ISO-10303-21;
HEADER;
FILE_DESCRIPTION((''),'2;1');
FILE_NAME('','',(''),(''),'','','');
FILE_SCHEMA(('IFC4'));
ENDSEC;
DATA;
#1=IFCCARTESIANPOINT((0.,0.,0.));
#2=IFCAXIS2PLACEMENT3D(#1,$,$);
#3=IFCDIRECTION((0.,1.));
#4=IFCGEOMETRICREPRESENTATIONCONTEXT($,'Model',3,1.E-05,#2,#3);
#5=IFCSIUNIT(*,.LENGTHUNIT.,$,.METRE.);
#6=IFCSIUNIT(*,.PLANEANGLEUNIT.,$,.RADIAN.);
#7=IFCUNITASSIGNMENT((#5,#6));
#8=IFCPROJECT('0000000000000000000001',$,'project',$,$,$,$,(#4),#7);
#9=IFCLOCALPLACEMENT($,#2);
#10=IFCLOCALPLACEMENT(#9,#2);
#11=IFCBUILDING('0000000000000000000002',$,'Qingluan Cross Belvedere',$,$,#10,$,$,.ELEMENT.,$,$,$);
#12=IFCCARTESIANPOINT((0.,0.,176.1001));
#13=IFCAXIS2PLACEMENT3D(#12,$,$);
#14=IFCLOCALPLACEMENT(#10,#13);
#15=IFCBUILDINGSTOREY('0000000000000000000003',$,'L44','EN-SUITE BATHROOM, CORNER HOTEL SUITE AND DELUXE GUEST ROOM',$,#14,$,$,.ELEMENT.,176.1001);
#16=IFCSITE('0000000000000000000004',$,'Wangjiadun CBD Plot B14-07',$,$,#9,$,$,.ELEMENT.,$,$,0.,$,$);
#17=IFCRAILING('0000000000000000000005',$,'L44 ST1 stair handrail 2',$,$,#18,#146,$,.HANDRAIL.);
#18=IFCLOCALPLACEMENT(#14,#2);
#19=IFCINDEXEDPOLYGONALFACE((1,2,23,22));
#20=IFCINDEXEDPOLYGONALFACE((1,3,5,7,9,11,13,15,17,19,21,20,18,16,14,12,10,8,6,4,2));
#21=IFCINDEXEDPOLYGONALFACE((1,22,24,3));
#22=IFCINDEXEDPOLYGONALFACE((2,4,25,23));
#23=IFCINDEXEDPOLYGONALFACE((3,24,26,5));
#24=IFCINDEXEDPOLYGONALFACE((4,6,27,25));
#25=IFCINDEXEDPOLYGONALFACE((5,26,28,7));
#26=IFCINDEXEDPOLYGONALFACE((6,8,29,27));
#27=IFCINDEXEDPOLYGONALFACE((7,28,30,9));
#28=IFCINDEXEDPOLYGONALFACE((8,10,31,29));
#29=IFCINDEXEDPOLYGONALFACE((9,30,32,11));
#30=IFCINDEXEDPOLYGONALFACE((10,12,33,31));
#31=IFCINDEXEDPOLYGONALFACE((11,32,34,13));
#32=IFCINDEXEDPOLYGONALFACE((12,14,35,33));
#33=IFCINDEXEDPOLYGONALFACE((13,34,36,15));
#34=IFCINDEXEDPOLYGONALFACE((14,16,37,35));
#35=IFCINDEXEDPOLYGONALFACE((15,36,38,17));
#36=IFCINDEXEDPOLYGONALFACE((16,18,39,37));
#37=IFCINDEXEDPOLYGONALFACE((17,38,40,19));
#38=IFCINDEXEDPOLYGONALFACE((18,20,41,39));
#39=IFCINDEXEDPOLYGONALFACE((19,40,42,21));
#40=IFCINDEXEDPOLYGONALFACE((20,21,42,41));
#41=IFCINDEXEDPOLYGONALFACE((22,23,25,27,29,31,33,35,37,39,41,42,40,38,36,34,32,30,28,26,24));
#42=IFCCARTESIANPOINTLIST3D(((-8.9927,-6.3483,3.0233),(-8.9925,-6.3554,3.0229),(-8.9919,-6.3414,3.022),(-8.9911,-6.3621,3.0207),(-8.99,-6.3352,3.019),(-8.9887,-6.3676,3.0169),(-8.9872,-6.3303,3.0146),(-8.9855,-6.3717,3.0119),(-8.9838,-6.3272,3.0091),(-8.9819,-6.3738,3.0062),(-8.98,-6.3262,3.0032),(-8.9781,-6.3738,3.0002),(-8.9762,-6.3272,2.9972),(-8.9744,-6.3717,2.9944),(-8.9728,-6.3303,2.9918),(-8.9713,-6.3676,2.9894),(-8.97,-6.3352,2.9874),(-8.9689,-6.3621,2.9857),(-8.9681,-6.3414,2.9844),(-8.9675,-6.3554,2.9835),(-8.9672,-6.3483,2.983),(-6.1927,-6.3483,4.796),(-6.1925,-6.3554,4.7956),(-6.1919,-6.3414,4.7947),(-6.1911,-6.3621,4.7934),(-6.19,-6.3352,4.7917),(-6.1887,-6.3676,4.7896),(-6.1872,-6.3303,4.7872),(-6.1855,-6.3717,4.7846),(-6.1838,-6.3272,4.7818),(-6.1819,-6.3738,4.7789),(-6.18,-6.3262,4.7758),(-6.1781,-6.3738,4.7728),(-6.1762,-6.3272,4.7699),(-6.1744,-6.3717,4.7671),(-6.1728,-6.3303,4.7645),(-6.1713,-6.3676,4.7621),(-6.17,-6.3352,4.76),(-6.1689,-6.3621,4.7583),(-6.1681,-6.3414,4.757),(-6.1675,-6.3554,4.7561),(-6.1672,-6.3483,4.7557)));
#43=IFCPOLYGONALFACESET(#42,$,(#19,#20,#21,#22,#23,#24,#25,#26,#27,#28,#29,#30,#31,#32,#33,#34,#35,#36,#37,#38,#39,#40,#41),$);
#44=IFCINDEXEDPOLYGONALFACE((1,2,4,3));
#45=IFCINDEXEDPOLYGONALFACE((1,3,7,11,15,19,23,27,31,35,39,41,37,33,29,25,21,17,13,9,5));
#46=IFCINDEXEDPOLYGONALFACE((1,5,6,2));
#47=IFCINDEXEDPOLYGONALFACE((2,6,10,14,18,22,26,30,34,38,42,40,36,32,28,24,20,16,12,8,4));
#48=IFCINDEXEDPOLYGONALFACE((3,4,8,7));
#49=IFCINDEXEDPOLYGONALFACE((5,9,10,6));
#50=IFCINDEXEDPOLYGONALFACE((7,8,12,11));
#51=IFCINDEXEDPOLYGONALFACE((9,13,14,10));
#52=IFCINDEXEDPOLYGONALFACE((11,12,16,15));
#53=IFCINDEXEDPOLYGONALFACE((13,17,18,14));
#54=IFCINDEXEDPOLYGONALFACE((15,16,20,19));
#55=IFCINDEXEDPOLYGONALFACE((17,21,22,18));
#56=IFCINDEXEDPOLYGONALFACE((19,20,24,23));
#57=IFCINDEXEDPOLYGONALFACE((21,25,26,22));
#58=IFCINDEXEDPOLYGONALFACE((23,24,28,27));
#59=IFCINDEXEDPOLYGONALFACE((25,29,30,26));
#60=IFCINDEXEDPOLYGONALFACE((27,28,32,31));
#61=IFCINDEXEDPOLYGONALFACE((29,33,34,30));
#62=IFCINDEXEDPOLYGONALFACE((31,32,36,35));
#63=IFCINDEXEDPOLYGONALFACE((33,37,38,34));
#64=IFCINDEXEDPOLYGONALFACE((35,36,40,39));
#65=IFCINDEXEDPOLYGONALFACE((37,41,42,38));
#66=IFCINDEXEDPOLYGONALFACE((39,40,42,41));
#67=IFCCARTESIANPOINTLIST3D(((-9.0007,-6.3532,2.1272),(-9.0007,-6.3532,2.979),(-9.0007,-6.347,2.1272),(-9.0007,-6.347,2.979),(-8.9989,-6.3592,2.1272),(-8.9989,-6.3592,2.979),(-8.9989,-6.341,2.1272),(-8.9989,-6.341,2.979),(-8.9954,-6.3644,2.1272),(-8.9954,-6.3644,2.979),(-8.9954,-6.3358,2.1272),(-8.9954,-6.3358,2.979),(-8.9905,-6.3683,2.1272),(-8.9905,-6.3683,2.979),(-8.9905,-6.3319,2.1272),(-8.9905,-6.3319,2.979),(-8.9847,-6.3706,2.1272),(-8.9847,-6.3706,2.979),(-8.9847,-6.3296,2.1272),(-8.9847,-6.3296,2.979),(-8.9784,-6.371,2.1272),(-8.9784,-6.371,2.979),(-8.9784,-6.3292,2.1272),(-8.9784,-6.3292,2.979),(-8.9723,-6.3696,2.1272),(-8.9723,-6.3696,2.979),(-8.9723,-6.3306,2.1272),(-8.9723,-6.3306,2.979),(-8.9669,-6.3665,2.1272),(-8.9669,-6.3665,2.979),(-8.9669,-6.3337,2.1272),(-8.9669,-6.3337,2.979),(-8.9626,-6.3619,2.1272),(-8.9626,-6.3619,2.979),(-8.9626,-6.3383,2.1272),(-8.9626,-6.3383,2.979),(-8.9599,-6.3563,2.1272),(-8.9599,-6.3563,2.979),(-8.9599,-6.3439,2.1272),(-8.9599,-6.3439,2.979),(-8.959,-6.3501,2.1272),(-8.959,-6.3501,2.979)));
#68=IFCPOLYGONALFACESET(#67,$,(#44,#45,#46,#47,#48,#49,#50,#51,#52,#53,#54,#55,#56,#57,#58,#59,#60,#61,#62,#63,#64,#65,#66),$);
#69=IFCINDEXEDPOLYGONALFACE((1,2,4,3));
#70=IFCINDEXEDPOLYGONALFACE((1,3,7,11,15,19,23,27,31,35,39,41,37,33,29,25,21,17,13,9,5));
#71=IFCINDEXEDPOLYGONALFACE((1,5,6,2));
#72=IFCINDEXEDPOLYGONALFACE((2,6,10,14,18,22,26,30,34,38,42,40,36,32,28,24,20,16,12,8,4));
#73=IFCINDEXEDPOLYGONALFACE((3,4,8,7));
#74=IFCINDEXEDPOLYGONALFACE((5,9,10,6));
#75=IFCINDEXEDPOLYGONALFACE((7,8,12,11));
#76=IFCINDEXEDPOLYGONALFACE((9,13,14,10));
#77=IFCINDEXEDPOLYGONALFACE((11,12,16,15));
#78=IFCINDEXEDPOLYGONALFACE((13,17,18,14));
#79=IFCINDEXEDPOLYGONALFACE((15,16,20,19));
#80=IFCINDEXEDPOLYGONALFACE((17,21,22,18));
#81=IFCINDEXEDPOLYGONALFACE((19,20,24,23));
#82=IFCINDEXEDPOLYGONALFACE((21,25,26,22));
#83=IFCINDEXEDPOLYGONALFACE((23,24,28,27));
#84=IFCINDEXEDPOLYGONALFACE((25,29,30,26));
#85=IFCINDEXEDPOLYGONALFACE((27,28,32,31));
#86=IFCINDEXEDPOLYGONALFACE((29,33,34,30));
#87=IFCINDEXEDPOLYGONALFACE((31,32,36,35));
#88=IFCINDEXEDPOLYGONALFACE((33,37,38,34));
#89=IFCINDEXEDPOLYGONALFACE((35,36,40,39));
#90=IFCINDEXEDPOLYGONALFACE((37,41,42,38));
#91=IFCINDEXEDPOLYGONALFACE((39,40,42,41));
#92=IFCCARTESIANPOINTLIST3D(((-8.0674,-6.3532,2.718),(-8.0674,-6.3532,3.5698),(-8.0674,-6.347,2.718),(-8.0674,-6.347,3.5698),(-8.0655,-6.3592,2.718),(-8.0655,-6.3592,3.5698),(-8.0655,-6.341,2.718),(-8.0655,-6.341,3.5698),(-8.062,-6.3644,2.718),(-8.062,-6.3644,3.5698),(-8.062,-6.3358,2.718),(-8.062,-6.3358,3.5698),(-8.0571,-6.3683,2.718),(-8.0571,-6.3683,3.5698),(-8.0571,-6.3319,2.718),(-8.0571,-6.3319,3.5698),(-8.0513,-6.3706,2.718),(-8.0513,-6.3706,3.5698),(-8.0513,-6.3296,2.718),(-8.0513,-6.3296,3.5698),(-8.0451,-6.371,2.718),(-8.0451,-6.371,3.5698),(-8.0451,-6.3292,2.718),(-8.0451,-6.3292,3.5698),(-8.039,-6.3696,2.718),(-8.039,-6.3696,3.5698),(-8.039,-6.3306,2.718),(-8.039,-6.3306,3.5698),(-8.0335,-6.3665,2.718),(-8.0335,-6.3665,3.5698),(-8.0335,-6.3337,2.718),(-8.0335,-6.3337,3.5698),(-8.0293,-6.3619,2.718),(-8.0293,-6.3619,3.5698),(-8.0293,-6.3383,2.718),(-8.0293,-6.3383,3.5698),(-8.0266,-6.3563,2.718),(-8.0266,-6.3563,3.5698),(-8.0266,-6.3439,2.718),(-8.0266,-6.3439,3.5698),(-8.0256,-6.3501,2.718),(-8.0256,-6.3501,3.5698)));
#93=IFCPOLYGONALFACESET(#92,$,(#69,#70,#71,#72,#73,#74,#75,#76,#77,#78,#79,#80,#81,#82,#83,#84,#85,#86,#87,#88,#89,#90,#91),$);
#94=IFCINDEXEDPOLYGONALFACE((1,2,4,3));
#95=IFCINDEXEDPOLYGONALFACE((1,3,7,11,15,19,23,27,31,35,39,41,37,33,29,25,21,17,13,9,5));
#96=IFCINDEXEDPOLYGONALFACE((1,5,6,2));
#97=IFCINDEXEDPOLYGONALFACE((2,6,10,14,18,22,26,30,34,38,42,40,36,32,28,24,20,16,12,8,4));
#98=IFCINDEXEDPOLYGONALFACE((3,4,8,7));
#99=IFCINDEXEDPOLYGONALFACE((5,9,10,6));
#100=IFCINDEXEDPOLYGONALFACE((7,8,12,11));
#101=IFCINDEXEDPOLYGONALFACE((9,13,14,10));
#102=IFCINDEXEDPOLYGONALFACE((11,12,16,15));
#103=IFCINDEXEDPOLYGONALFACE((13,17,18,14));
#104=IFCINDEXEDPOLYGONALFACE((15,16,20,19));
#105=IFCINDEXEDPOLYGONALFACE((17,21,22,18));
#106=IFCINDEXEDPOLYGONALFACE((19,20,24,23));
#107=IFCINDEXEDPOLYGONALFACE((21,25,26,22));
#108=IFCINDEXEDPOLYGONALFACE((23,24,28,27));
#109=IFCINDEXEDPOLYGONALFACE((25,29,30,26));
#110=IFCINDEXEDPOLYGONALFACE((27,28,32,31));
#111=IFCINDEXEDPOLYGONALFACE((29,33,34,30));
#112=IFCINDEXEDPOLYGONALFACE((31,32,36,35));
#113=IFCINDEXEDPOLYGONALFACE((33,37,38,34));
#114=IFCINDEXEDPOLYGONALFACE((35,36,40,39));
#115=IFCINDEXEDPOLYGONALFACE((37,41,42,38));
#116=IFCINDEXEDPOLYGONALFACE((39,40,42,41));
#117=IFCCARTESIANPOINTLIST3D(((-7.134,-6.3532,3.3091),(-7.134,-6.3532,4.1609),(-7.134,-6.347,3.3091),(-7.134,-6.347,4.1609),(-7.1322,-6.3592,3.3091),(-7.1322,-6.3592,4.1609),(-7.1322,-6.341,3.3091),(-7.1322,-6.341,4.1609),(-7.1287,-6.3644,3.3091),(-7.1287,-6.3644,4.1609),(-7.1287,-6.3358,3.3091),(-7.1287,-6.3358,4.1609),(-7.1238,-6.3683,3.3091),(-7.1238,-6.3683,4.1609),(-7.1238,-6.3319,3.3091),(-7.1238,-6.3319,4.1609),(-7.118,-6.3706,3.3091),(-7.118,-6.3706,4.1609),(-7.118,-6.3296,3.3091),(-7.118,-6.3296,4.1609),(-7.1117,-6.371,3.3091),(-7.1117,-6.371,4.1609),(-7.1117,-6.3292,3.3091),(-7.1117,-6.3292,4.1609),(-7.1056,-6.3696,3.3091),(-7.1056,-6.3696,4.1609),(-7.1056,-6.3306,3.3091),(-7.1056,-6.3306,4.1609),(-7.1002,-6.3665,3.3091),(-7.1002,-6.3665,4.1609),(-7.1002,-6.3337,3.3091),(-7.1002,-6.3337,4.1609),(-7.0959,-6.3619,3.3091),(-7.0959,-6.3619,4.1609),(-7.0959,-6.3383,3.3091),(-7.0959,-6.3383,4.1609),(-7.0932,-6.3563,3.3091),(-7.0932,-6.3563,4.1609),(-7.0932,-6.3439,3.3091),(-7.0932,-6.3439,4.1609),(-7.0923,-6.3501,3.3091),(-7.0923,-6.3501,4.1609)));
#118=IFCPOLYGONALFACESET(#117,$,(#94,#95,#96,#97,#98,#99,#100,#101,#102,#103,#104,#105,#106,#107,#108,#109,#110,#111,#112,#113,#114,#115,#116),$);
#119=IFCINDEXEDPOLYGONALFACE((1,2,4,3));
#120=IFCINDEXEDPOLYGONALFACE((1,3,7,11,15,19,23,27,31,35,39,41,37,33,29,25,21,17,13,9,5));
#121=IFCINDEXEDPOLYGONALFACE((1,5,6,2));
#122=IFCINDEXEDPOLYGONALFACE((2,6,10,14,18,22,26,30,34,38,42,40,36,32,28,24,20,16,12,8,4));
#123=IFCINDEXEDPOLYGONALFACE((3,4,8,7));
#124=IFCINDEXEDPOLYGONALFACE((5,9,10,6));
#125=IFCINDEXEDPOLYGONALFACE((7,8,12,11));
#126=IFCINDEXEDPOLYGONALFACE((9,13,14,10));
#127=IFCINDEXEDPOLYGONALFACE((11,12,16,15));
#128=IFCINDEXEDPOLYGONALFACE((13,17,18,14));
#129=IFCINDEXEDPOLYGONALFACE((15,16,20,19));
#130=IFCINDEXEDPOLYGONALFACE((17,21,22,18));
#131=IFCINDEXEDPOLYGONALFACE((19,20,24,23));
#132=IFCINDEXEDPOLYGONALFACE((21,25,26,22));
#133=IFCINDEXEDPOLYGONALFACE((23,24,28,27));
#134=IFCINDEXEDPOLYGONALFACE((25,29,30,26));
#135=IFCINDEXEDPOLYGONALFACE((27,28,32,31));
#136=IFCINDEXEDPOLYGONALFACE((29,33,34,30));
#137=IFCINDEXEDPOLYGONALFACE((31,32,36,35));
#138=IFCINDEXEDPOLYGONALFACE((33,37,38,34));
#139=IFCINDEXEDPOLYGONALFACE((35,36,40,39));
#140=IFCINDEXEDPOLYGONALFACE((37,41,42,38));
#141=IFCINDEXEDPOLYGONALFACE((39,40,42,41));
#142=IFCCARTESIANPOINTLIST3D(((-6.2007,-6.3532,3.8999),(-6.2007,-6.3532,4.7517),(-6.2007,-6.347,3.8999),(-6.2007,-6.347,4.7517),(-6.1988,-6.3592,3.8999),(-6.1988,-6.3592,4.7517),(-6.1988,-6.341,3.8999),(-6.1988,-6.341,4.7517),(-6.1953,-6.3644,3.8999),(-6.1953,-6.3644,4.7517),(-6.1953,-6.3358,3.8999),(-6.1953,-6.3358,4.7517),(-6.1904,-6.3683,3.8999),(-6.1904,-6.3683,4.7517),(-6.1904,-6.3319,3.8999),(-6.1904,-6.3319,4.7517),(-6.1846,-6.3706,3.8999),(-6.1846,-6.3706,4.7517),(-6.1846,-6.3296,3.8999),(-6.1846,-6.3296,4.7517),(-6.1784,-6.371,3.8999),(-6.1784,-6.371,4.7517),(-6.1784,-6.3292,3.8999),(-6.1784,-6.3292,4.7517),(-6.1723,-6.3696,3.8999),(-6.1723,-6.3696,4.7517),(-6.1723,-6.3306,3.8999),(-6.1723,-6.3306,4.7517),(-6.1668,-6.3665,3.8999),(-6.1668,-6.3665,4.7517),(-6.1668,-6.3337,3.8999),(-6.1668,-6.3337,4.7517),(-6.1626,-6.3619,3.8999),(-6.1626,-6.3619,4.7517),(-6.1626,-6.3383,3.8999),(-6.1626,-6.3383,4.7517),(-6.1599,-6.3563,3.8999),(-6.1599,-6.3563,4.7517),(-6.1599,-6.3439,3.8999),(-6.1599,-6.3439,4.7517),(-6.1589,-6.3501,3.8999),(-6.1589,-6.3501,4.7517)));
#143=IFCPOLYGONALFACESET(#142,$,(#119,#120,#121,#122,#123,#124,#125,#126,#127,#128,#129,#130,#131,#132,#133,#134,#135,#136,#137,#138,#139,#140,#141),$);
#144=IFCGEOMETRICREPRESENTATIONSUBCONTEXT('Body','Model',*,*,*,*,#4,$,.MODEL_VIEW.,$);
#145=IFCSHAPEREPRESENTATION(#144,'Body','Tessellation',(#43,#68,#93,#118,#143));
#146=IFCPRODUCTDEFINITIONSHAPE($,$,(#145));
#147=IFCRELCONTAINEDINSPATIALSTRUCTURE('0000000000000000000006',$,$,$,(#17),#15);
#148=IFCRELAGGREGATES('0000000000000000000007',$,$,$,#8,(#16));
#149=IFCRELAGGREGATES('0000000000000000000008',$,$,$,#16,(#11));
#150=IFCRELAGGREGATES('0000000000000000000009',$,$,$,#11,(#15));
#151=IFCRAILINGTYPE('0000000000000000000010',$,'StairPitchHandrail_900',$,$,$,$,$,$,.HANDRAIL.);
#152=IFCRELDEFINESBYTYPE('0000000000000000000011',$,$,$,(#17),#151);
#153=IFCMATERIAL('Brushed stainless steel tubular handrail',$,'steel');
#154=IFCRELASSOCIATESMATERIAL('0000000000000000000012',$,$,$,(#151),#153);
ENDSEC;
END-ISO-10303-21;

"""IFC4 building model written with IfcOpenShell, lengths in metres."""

from ifc_helpers import new_model, si_unit, direction, frame, origin, origin_2d, place, context, subcontext, project, spatial, circle, extrude, material, type_object, element, save


model = new_model("IFC4")

# Units and contexts
model_context = context("Model", 3, precision=1e-05, world=origin(), true_north=direction((0.0, 1.0)))
body_context = subcontext(model_context, "Body", "Model", "MODEL_VIEW")
ifc_project = project(units=[si_unit("LENGTHUNIT", "METRE"), si_unit("PLANEANGLEUNIT", "RADIAN")], contexts=[model_context])

# Site, building, storey
site_placement = place(None, origin())
site = spatial("IfcSite", under=ifc_project, at=site_placement, Name="Wangjiadun CBD Plot B14-07", CompositionType="ELEMENT", RefElevation=0.0)
building_placement = place(site_placement, origin())
building = spatial("IfcBuilding", under=site, at=building_placement, Name="Qingluan Cross Belvedere", CompositionType="ELEMENT")
storey_placement = place(building_placement, frame((0.0, 0.0, 176.1001)))
storey = spatial("IfcBuildingStorey", under=building, at=storey_placement, Name="L44", Description="EN-SUITE BATHROOM, CORNER HOTEL SUITE AND DELUXE GUEST ROOM", CompositionType="ELEMENT", Elevation=176.1001)

# Railing
ifc_material_1 = material(Name="Brushed stainless steel tubular handrail", Category="steel")
railing_type_1 = type_object("IfcRailingType", Name="StairPitchHandrail_900", PredefinedType="HANDRAIL", material=ifc_material_1)
railing_1_placement = place(storey_placement, frame((-8.98, -6.3501, 2.1272)))
element("IfcRailing", 1, at=railing_1_placement, inside=storey, type_object=railing_type_1, Name="L44 ST1 stair handrail 2", PredefinedType="HANDRAIL", context=body_context, shape_type="SweptSolid", body=[
    extrude(circle(Radius=0.0239, at=origin_2d()), frame((0.0, 0.0, 0.876), z_axis=(0.844909, 0.0, 0.53491), x_axis=(0.0, 1.0, 0.0)), (0.0, 0.0, 1.0), 3.314),
    extrude(circle(Radius=0.021, at=origin_2d()), origin(), (0.0, 0.0, 1.0), 0.8518),
    extrude(circle(Radius=0.021, at=origin_2d()), frame((0.9333, 0.0, 0.5908)), (0.0, 0.0, 1.0), 0.8518),
    extrude(circle(Radius=0.021, at=origin_2d()), frame((1.8667, 0.0, 1.1819)), (0.0, 0.0, 1.0), 0.8518),
    extrude(circle(Radius=0.021, at=origin_2d()), frame((2.8, 0.0, 1.7727)), (0.0, 0.0, 1.0), 0.8518),
])

save(model, "model.ifc")
